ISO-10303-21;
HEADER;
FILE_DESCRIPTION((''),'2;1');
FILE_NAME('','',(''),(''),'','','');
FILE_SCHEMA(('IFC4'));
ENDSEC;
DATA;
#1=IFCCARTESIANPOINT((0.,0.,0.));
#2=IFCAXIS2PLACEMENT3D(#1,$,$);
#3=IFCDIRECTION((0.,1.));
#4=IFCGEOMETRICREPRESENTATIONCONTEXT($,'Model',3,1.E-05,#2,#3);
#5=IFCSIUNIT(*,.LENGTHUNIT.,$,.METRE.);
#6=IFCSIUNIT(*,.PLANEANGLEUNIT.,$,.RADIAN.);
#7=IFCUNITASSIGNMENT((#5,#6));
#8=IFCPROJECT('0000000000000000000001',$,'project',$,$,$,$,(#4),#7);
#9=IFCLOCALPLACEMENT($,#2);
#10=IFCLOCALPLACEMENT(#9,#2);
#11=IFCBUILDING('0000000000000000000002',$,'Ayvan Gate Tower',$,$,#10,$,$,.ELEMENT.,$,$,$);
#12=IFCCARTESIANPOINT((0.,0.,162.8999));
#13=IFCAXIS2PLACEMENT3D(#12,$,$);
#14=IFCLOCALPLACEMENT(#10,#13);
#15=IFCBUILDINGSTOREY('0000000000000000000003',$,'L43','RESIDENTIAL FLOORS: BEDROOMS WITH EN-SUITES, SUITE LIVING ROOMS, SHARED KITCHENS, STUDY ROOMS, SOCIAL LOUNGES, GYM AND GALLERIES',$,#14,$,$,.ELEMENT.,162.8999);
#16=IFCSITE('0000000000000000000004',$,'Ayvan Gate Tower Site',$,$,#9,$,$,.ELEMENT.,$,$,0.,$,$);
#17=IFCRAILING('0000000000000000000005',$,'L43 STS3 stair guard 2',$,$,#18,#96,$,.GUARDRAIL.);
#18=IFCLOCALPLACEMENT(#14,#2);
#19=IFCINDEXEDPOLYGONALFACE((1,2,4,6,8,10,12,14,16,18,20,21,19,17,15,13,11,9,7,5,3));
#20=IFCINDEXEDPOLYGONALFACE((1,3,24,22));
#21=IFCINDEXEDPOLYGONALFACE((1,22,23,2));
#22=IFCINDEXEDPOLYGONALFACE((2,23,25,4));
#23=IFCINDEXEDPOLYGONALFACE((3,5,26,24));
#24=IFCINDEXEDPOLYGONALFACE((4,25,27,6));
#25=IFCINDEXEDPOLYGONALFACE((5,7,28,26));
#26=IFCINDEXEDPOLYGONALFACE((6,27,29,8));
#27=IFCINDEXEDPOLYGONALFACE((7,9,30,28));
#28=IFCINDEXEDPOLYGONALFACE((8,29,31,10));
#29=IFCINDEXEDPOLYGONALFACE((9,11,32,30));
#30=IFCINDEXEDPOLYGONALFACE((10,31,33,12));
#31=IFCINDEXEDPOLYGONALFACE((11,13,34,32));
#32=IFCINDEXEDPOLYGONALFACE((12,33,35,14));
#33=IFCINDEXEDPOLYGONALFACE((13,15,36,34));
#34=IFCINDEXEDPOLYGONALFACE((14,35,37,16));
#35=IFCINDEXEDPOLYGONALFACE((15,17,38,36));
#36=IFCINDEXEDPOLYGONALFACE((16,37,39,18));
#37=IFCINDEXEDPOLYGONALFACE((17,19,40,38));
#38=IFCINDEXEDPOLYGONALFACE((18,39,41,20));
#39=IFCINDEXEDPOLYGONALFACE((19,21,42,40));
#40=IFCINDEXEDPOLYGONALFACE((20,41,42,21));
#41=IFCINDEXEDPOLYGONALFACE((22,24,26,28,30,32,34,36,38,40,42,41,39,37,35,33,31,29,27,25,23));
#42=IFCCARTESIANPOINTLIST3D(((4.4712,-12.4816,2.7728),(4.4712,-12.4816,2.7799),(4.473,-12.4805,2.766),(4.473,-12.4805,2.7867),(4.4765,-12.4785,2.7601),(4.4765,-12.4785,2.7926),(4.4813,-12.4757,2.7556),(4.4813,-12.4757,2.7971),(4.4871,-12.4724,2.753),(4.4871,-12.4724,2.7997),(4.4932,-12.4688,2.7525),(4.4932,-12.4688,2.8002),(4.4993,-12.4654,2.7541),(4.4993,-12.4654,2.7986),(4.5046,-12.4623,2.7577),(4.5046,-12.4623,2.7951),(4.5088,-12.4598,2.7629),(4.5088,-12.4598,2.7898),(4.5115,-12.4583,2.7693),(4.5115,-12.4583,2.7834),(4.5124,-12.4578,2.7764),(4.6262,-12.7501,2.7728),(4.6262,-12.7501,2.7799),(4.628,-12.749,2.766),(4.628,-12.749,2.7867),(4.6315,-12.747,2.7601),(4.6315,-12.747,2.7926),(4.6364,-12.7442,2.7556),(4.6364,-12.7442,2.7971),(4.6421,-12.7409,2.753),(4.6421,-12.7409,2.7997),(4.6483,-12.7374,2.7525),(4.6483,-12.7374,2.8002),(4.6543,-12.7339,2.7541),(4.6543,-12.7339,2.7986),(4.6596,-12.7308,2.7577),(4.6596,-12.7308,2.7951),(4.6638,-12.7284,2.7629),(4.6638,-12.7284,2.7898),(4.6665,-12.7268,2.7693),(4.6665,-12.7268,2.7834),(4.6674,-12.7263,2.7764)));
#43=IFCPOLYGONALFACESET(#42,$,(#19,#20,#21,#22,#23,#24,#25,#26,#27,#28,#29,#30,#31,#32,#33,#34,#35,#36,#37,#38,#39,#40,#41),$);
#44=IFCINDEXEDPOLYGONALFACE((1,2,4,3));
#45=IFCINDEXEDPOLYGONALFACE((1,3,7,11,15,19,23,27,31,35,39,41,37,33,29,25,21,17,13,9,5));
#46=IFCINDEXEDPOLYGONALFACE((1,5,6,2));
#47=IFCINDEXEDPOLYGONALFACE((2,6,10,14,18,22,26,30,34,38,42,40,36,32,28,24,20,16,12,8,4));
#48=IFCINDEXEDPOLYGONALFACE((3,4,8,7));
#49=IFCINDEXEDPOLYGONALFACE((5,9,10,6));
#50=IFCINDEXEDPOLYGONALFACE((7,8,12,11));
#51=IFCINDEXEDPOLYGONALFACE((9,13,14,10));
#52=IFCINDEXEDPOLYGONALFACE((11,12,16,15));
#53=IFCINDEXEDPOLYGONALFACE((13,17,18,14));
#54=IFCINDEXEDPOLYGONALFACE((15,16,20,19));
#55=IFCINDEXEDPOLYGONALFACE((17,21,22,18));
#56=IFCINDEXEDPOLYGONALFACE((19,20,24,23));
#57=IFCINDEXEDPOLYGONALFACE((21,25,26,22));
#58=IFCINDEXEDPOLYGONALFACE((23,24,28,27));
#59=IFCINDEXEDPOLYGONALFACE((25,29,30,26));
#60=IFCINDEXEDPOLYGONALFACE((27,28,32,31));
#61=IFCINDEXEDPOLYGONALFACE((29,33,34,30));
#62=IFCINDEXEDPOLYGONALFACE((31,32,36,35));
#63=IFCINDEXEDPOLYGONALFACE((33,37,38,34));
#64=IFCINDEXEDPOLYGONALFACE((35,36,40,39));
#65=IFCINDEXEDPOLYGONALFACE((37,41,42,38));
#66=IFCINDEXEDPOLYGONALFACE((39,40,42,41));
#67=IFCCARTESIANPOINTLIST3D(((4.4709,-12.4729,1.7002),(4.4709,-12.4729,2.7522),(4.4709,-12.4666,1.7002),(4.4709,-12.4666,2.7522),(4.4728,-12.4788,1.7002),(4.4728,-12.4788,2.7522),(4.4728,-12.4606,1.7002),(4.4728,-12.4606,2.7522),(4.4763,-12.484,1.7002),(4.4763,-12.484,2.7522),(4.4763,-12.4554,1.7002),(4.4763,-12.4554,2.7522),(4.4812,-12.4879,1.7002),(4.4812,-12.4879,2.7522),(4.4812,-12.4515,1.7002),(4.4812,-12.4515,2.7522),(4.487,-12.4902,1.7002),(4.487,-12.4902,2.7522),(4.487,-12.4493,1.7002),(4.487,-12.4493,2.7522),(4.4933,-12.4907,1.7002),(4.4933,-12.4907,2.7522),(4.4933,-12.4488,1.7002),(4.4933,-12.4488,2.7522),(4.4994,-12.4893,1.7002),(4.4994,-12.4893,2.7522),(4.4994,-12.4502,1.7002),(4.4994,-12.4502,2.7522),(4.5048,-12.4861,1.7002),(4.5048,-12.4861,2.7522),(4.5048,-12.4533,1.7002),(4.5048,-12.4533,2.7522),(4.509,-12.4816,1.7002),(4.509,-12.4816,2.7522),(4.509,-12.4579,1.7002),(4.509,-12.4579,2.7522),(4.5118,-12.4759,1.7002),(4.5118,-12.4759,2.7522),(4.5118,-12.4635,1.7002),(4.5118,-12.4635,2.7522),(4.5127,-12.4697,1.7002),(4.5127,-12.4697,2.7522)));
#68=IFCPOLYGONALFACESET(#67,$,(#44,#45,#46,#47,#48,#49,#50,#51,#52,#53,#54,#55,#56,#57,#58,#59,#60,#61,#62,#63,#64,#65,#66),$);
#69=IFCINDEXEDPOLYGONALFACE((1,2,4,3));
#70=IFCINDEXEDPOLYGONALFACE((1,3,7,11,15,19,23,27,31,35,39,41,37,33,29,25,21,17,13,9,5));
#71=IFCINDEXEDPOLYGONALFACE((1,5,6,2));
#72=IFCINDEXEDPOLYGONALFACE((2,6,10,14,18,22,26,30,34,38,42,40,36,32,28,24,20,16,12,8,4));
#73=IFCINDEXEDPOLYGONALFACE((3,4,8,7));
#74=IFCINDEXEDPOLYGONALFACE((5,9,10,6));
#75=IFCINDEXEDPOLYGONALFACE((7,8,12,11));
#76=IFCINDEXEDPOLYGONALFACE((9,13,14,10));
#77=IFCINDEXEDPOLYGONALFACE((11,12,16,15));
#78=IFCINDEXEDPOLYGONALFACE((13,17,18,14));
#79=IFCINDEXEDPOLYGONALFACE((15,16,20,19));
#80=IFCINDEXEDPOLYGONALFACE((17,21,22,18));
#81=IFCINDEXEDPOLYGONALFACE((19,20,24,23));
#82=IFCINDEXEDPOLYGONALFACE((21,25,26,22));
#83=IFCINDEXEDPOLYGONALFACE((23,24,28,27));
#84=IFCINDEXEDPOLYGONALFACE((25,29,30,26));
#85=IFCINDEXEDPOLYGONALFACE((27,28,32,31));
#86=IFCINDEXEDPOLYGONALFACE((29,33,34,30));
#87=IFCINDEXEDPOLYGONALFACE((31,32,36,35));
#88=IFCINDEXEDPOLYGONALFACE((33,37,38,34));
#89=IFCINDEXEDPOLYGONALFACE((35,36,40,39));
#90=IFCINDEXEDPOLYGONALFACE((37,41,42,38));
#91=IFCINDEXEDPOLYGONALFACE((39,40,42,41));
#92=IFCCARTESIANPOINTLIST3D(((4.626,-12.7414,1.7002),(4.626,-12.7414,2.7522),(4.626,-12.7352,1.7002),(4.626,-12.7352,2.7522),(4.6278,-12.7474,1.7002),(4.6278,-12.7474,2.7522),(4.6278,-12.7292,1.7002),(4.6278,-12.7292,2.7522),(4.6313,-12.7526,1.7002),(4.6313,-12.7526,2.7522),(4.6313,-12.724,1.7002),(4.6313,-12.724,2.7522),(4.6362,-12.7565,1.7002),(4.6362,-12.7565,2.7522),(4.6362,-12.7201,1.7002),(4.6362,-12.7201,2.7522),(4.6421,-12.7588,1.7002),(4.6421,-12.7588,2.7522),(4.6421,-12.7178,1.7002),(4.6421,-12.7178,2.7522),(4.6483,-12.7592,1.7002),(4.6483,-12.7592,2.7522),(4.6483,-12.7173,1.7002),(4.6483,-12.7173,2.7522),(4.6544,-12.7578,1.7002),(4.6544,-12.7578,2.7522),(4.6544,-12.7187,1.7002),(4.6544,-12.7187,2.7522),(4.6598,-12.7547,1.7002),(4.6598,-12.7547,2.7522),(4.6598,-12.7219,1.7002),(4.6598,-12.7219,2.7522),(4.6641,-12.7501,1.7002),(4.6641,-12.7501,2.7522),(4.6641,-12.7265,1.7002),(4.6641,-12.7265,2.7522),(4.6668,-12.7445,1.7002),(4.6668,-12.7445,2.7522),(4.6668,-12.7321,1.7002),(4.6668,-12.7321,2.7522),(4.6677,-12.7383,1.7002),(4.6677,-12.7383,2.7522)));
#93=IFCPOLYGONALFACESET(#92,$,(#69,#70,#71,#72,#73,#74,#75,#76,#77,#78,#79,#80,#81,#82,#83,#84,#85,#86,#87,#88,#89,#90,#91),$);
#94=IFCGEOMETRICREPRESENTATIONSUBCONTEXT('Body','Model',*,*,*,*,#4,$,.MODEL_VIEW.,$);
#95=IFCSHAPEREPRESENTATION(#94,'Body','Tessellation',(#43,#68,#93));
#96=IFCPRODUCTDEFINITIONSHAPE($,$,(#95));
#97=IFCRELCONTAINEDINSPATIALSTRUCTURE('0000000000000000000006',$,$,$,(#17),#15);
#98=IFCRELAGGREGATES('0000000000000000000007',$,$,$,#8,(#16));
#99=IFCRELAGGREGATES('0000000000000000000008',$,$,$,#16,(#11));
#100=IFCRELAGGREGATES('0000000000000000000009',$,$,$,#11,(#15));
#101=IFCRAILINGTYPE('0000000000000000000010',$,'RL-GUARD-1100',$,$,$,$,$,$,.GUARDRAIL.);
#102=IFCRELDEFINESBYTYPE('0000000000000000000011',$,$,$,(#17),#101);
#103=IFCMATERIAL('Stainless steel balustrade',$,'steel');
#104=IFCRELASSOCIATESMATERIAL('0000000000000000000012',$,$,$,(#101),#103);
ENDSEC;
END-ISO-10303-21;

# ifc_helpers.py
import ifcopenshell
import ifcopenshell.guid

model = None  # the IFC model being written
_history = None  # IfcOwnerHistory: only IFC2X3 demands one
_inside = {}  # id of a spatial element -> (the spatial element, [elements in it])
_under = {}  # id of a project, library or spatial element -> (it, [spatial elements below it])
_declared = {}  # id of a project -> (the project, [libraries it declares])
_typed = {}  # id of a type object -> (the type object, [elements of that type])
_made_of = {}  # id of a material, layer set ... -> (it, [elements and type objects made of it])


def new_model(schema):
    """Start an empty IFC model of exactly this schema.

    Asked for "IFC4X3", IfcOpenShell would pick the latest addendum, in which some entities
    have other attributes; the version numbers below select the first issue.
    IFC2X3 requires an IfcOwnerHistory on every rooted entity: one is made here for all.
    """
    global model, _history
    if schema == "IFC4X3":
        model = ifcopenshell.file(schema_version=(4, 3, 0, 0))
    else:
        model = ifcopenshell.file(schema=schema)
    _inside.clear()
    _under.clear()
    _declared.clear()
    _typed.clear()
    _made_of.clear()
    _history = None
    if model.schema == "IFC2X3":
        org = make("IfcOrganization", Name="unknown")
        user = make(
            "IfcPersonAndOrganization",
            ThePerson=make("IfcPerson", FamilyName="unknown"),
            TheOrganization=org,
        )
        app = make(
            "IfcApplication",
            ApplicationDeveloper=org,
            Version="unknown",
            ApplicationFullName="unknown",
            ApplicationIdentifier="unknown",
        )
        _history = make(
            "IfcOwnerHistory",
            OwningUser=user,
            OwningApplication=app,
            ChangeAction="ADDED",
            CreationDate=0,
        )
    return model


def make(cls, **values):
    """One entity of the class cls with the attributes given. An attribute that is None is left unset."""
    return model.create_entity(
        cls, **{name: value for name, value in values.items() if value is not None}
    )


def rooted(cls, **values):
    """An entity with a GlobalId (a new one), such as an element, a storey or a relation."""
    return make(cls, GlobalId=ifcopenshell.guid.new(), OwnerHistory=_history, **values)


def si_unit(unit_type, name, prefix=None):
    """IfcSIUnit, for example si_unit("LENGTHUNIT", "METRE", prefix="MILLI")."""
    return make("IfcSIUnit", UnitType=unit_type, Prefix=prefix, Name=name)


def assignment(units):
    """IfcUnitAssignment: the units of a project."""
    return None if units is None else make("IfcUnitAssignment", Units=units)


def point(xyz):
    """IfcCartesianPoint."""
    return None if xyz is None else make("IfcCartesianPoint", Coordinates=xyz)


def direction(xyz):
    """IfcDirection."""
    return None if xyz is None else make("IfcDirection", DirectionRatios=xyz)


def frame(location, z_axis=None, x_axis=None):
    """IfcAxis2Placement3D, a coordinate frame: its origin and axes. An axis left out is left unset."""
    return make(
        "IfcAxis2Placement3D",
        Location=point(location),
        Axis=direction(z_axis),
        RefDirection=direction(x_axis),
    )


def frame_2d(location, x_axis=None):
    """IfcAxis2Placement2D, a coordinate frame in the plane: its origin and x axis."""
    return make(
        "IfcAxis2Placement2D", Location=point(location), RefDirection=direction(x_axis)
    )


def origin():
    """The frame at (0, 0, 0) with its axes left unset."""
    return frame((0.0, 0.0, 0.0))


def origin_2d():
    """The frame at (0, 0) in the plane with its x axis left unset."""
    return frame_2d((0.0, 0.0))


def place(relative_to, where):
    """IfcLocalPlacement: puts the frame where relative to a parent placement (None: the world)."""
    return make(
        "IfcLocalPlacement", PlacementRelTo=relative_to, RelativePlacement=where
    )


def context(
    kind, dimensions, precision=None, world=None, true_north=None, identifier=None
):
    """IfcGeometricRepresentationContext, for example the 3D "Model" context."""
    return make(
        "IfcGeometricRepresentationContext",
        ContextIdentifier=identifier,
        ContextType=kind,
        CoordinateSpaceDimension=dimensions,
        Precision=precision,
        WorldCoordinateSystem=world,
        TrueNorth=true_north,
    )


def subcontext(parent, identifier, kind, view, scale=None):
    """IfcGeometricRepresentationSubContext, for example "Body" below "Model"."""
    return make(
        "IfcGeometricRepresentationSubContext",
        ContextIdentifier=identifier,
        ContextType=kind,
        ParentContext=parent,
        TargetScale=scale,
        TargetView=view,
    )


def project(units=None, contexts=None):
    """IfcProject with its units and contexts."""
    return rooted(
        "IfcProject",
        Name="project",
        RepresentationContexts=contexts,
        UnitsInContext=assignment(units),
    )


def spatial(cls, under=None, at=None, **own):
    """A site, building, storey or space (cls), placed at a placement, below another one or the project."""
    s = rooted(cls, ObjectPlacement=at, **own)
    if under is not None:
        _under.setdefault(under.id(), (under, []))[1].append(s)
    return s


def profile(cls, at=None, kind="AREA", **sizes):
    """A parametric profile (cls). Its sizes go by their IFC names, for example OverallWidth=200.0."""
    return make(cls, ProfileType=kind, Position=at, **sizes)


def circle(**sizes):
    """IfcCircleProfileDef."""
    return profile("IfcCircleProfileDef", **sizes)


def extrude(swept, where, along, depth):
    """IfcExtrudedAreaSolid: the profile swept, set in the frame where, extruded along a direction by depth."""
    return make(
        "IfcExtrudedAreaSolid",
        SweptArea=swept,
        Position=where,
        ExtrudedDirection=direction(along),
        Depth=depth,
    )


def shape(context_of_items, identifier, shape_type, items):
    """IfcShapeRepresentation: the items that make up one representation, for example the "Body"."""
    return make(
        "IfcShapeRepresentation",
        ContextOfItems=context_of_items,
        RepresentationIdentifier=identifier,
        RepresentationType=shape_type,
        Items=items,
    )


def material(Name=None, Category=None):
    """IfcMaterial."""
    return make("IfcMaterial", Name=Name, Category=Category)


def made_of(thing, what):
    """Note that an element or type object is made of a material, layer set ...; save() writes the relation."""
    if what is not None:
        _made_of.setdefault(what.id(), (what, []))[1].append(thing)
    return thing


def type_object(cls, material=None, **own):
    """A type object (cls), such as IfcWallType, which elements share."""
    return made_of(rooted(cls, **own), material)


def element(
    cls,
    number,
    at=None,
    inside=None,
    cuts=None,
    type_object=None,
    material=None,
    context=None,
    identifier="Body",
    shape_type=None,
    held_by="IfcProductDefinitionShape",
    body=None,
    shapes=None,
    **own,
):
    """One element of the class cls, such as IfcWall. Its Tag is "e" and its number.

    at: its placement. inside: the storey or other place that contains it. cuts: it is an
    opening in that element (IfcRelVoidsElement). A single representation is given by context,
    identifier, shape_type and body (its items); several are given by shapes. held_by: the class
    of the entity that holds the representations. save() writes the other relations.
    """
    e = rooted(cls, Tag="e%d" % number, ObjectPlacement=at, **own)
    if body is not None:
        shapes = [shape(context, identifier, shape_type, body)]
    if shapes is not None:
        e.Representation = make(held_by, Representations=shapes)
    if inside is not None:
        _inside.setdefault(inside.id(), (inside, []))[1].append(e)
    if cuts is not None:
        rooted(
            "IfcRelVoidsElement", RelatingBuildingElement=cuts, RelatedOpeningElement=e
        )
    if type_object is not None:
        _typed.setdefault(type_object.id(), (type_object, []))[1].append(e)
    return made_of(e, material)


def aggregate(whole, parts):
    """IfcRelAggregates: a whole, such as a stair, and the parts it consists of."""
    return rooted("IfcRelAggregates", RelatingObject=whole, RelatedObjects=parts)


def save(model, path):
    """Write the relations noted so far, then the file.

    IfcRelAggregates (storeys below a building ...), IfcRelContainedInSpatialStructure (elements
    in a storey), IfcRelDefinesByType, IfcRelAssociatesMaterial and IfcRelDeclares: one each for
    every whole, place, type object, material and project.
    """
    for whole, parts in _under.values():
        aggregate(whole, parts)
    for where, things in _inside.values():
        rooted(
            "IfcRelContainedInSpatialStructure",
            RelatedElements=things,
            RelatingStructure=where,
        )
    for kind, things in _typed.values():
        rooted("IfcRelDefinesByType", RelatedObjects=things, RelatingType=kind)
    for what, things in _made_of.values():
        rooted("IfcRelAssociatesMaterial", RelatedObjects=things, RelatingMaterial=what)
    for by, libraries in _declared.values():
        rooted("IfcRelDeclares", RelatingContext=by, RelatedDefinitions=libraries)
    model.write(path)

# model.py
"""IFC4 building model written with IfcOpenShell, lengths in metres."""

from ifc_helpers import new_model, si_unit, direction, frame, origin, origin_2d, place, context, subcontext, project, spatial, circle, extrude, material, type_object, element, save


model = new_model("IFC4")

# Units and contexts
model_context = context("Model", 3, precision=1e-05, world=origin(), true_north=direction((0.0, 1.0)))
body_context = subcontext(model_context, "Body", "Model", "MODEL_VIEW")
ifc_project = project(units=[si_unit("LENGTHUNIT", "METRE"), si_unit("PLANEANGLEUNIT", "RADIAN")], contexts=[model_context])

# Site, building, storey
site_placement = place(None, origin())
site = spatial("IfcSite", under=ifc_project, at=site_placement, Name="Ayvan Gate Tower Site", CompositionType="ELEMENT", RefElevation=0.0)
building_placement = place(site_placement, origin())
building = spatial("IfcBuilding", under=site, at=building_placement, Name="Ayvan Gate Tower", CompositionType="ELEMENT")
storey_placement = place(building_placement, frame((0.0, 0.0, 162.8999)))
storey = spatial("IfcBuildingStorey", under=building, at=storey_placement, Name="L43", Description="RESIDENTIAL FLOORS: BEDROOMS WITH EN-SUITES, SUITE LIVING ROOMS, SHARED KITCHENS, STUDY ROOMS, SOCIAL LOUNGES, GYM AND GALLERIES", CompositionType="ELEMENT", Elevation=162.8999)

# Railing
ifc_material_1 = material(Name="Stainless steel balustrade", Category="steel")
railing_type_1 = type_object("IfcRailingType", Name="RL-GUARD-1100", PredefinedType="GUARDRAIL", material=ifc_material_1)
railing_1_placement = place(storey_placement, frame((4.4917, -12.4697, 1.7002)))
element("IfcRailing", 1, at=railing_1_placement, inside=storey, type_object=railing_type_1, Name="L43 STS3 stair guard 2", PredefinedType="GUARDRAIL", context=body_context, shape_type="SweptSolid", body=[
    extrude(circle(Radius=0.0239, at=origin_2d()), frame((0.0, 0.0, 1.0762), z_axis=(0.49995, -0.866054, 0.0), x_axis=(0.866054, 0.49995, 0.0)), (0.0, 0.0, 1.0), 0.3101),
    extrude(circle(Radius=0.021, at=origin_2d()), origin(), (0.0, 0.0, 1.0), 1.052),
    extrude(circle(Radius=0.021, at=origin_2d()), frame((0.155, -0.2686, 0.0)), (0.0, 0.0, 1.0), 1.052),
])

save(model, "model.ifc")
